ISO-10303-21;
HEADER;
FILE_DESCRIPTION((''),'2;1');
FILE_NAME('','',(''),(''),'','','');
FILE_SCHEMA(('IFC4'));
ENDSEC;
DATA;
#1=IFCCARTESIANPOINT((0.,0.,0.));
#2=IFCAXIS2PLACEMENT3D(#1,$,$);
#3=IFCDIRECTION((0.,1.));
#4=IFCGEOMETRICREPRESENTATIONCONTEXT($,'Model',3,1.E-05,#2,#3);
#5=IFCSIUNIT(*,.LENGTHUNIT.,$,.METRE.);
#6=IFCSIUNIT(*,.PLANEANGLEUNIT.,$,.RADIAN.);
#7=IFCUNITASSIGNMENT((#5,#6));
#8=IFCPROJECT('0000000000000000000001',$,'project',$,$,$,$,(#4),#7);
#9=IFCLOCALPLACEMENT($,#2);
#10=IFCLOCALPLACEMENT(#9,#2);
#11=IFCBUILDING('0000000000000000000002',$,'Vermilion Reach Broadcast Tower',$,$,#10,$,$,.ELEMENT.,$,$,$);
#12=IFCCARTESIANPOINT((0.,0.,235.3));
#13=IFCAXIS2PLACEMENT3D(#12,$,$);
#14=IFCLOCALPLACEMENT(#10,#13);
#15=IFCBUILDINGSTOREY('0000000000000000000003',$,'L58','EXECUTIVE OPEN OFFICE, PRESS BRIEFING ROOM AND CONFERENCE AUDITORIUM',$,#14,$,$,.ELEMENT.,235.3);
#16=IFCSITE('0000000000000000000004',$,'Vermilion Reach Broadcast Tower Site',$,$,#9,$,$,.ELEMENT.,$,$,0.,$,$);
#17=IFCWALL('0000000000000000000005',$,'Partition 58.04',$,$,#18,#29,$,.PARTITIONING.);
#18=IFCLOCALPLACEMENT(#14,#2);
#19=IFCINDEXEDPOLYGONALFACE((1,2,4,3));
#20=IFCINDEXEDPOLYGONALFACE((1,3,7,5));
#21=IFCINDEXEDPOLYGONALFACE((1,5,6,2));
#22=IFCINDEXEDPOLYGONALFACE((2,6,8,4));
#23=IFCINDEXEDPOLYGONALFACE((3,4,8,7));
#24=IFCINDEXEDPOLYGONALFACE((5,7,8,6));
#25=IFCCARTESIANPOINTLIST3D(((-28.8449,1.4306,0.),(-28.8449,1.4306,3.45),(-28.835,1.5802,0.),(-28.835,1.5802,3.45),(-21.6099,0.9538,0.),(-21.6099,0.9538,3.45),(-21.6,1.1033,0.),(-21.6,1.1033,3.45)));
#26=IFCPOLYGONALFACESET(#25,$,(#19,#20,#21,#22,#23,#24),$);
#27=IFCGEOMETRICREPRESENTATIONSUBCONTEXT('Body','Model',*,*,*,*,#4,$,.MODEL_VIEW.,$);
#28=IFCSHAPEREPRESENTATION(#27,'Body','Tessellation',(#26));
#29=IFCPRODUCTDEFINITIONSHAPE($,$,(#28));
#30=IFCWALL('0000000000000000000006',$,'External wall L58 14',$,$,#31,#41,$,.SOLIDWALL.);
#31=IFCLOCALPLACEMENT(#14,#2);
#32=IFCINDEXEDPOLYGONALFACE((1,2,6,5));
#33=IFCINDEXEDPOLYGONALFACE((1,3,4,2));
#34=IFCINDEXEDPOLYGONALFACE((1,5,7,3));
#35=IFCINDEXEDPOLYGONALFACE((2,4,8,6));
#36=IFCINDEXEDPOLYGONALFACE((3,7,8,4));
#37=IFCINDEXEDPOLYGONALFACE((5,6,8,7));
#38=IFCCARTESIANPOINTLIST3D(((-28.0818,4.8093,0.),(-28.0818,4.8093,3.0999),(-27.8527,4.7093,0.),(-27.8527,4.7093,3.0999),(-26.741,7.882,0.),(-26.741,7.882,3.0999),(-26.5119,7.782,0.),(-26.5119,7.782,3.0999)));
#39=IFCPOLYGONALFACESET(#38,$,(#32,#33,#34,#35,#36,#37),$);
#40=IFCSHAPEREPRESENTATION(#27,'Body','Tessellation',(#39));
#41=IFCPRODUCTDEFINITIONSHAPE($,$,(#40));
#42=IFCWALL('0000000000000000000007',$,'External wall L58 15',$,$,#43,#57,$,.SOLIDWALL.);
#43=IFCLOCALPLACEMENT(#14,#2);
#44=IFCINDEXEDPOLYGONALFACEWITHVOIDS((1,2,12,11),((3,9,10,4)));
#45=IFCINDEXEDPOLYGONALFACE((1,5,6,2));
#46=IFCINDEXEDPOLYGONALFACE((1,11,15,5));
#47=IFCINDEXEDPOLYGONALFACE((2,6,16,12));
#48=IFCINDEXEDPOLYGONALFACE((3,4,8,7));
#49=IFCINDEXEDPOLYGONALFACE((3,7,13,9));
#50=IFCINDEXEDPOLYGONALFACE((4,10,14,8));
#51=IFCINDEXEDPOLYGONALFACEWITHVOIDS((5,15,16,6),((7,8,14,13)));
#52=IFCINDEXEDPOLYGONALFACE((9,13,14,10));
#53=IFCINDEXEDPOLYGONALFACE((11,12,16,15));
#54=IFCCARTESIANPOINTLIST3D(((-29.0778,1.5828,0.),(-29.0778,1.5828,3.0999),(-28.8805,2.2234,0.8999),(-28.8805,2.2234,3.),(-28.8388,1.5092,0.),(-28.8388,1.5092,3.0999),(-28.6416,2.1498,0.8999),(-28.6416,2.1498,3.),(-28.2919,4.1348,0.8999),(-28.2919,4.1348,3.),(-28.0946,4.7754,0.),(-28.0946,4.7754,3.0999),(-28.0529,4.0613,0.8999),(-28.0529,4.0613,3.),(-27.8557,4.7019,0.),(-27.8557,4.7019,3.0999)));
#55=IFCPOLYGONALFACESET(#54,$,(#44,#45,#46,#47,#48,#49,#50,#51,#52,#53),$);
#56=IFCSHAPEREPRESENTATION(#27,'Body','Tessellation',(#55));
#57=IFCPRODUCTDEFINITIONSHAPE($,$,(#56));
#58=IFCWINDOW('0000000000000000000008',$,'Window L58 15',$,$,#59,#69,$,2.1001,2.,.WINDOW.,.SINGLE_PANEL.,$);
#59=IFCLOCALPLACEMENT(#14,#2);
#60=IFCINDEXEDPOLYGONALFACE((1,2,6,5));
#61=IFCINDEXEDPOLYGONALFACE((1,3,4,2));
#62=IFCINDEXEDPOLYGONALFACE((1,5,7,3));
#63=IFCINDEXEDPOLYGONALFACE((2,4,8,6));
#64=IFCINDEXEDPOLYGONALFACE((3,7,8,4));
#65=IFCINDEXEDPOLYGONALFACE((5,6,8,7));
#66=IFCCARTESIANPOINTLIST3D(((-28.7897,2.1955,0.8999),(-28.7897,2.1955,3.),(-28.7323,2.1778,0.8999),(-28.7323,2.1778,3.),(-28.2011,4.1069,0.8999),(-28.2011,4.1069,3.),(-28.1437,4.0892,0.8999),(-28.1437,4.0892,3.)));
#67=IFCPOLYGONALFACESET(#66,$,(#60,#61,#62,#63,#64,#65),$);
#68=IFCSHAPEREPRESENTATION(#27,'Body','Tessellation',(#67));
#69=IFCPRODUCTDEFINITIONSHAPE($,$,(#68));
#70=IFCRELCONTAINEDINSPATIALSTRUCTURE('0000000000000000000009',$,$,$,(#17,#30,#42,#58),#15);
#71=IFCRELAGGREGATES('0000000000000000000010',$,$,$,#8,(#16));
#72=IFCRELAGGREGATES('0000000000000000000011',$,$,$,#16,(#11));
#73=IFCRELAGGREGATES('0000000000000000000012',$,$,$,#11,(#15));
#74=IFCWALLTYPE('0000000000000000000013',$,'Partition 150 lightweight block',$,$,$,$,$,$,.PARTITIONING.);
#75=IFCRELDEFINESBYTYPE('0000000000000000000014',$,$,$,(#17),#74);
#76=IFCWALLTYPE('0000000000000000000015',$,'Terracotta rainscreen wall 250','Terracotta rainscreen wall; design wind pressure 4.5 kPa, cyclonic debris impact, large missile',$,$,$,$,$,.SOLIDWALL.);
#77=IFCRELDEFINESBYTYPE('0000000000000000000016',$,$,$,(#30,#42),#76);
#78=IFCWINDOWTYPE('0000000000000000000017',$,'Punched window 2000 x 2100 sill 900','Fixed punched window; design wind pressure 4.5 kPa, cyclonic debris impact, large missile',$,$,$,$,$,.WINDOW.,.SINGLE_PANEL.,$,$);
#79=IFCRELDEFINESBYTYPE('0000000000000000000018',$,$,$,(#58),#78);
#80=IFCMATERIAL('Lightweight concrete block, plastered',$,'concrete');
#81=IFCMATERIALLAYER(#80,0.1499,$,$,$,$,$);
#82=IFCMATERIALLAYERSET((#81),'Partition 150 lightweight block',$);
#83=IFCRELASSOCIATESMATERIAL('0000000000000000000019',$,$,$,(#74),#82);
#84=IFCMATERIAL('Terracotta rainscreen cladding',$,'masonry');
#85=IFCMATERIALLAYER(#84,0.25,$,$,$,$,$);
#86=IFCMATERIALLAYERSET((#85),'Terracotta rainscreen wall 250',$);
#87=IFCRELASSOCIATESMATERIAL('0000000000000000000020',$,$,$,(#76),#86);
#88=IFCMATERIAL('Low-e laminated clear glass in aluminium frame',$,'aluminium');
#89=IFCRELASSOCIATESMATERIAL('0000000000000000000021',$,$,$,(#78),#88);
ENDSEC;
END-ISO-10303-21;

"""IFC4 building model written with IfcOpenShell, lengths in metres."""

from ifc_helpers import new_model, si_unit, direction, frame, frame_2d, origin, place, context, subcontext, project, spatial, rectangle, extrude, material, layer, layer_set, type_object, element, fill, save


model = new_model("IFC4")

# Units and contexts
model_context = context("Model", 3, precision=1e-05, world=origin(), true_north=direction((0.0, 1.0)))
body_context = subcontext(model_context, "Body", "Model", "MODEL_VIEW")
ifc_project = project(units=[si_unit("LENGTHUNIT", "METRE"), si_unit("PLANEANGLEUNIT", "RADIAN")], contexts=[model_context])

# Site, building, storey
site_placement = place(None, origin())
site = spatial("IfcSite", under=ifc_project, at=site_placement, Name="Vermilion Reach Broadcast Tower Site", CompositionType="ELEMENT", RefElevation=0.0)
building_placement = place(site_placement, origin())
building = spatial("IfcBuilding", under=site, at=building_placement, Name="Vermilion Reach Broadcast Tower", CompositionType="ELEMENT")
storey_placement = place(building_placement, frame((0.0, 0.0, 235.3)))
storey = spatial("IfcBuildingStorey", under=building, at=storey_placement, Name="L58", Description="EXECUTIVE OPEN OFFICE, PRESS BRIEFING ROOM AND CONFERENCE AUDITORIUM", CompositionType="ELEMENT", Elevation=235.3)

# Walls
ifc_material_1 = material(Name="Lightweight concrete block, plastered", Category="concrete")
ifc_layer_1 = layer(ifc_material_1, 0.1499)
ifc_layer_set_1 = layer_set([ifc_layer_1], Name="Partition 150 lightweight block")
wall_type_1 = type_object("IfcWallType", Name="Partition 150 lightweight block", PredefinedType="PARTITIONING", material=ifc_layer_set_1)
wall_1_placement = place(storey_placement, frame((-28.8401, 1.5054, 0.0), z_axis=(0.0, 0.0, 1.0), x_axis=(0.997836, -0.065759, 0.0)))
element("IfcWall", 1, at=wall_1_placement, inside=storey, type_object=wall_type_1, Name="Partition 58.04", PredefinedType="PARTITIONING", context=body_context, shape_type="SweptSolid", body=[
    extrude(rectangle(XDim=7.2507, YDim=0.1499, at=frame_2d((3.6255, 0.0))), origin(), (0.0, 0.0, 1.0), 3.45),
])
ifc_material_2 = material(Name="Terracotta rainscreen cladding", Category="masonry")
ifc_layer_2 = layer(ifc_material_2, 0.25)
ifc_layer_set_2 = layer_set([ifc_layer_2], Name="Terracotta rainscreen wall 250")
wall_type_2 = type_object("IfcWallType", Name="Terracotta rainscreen wall 250", Description="Terracotta rainscreen wall; design wind pressure 4.5 kPa, cyclonic debris impact, large missile", PredefinedType="SOLIDWALL", material=ifc_layer_set_2)
wall_2_placement = place(storey_placement, frame((-26.6265, 7.832, 0.0), z_axis=(0.0, 0.0, 1.0), x_axis=(-0.39994, -0.916541, 0.0)))
element("IfcWall", 2, at=wall_2_placement, inside=storey, type_object=wall_type_2, Name="External wall L58 14", PredefinedType="SOLIDWALL", context=body_context, shape_type="SweptSolid", body=[
    extrude(rectangle(XDim=3.3525, YDim=0.25, at=frame_2d((1.6763, 0.0))), origin(), (0.0, 0.0, 1.0), 3.0999),
])

# Wall, opening, window
wall_3_placement = place(storey_placement, frame((-27.9751, 4.7388, 0.0), z_axis=(0.0, 0.0, 1.0), x_axis=(-0.294307, -0.955711, 0.0)))
wall_3 = element("IfcWall", 3, at=wall_3_placement, inside=storey, type_object=wall_type_2, Name="External wall L58 15", PredefinedType="SOLIDWALL", context=body_context, shape_type="SweptSolid", body=[
    extrude(rectangle(XDim=3.3406, YDim=0.25, at=frame_2d((1.6704, 0.0))), origin(), (0.0, 0.0, 1.0), 3.0999),
])
opening_1_placement = place(wall_3_placement, frame((0.6704, 0.0, 0.8999)))
opening_1 = element("IfcOpeningElement", 4, at=opening_1_placement, cuts=wall_3, PredefinedType="OPENING", context=body_context, shape_type="SweptSolid", body=[
    extrude(rectangle(XDim=2.0, YDim=2.1001, at=frame_2d((1.0, 1.05))), frame((0.0, 0.135, 0.0), z_axis=(0.0, -1.0, 0.0), x_axis=(1.0, 0.0, 0.0)), (0.0, 0.0, 1.0), 0.27),
])
ifc_material_3 = material(Name="Low-e laminated clear glass in aluminium frame", Category="aluminium")
window_type = type_object("IfcWindowType", Name="Punched window 2000 x 2100 sill 900", Description="Fixed punched window; design wind pressure 4.5 kPa, cyclonic debris impact, large missile", PartitioningType="SINGLE_PANEL", PredefinedType="WINDOW", material=ifc_material_3)
window_placement = place(opening_1_placement, origin())
window = element("IfcWindow", 5, at=window_placement, inside=storey, type_object=window_type, Name="Window L58 15", OverallHeight=2.1001, OverallWidth=2.0, PartitioningType="SINGLE_PANEL", PredefinedType="WINDOW", context=body_context, shape_type="SweptSolid", body=[
    extrude(rectangle(XDim=2.0, YDim=2.1001, at=frame_2d((1.0, 1.05))), frame((0.0, 0.03, 0.0), z_axis=(0.0, -1.0, 0.0), x_axis=(1.0, 0.0, 0.0)), (0.0, 0.0, 1.0), 0.0601),
])
fill(opening_1, window)

save(model, "model.ifc")
